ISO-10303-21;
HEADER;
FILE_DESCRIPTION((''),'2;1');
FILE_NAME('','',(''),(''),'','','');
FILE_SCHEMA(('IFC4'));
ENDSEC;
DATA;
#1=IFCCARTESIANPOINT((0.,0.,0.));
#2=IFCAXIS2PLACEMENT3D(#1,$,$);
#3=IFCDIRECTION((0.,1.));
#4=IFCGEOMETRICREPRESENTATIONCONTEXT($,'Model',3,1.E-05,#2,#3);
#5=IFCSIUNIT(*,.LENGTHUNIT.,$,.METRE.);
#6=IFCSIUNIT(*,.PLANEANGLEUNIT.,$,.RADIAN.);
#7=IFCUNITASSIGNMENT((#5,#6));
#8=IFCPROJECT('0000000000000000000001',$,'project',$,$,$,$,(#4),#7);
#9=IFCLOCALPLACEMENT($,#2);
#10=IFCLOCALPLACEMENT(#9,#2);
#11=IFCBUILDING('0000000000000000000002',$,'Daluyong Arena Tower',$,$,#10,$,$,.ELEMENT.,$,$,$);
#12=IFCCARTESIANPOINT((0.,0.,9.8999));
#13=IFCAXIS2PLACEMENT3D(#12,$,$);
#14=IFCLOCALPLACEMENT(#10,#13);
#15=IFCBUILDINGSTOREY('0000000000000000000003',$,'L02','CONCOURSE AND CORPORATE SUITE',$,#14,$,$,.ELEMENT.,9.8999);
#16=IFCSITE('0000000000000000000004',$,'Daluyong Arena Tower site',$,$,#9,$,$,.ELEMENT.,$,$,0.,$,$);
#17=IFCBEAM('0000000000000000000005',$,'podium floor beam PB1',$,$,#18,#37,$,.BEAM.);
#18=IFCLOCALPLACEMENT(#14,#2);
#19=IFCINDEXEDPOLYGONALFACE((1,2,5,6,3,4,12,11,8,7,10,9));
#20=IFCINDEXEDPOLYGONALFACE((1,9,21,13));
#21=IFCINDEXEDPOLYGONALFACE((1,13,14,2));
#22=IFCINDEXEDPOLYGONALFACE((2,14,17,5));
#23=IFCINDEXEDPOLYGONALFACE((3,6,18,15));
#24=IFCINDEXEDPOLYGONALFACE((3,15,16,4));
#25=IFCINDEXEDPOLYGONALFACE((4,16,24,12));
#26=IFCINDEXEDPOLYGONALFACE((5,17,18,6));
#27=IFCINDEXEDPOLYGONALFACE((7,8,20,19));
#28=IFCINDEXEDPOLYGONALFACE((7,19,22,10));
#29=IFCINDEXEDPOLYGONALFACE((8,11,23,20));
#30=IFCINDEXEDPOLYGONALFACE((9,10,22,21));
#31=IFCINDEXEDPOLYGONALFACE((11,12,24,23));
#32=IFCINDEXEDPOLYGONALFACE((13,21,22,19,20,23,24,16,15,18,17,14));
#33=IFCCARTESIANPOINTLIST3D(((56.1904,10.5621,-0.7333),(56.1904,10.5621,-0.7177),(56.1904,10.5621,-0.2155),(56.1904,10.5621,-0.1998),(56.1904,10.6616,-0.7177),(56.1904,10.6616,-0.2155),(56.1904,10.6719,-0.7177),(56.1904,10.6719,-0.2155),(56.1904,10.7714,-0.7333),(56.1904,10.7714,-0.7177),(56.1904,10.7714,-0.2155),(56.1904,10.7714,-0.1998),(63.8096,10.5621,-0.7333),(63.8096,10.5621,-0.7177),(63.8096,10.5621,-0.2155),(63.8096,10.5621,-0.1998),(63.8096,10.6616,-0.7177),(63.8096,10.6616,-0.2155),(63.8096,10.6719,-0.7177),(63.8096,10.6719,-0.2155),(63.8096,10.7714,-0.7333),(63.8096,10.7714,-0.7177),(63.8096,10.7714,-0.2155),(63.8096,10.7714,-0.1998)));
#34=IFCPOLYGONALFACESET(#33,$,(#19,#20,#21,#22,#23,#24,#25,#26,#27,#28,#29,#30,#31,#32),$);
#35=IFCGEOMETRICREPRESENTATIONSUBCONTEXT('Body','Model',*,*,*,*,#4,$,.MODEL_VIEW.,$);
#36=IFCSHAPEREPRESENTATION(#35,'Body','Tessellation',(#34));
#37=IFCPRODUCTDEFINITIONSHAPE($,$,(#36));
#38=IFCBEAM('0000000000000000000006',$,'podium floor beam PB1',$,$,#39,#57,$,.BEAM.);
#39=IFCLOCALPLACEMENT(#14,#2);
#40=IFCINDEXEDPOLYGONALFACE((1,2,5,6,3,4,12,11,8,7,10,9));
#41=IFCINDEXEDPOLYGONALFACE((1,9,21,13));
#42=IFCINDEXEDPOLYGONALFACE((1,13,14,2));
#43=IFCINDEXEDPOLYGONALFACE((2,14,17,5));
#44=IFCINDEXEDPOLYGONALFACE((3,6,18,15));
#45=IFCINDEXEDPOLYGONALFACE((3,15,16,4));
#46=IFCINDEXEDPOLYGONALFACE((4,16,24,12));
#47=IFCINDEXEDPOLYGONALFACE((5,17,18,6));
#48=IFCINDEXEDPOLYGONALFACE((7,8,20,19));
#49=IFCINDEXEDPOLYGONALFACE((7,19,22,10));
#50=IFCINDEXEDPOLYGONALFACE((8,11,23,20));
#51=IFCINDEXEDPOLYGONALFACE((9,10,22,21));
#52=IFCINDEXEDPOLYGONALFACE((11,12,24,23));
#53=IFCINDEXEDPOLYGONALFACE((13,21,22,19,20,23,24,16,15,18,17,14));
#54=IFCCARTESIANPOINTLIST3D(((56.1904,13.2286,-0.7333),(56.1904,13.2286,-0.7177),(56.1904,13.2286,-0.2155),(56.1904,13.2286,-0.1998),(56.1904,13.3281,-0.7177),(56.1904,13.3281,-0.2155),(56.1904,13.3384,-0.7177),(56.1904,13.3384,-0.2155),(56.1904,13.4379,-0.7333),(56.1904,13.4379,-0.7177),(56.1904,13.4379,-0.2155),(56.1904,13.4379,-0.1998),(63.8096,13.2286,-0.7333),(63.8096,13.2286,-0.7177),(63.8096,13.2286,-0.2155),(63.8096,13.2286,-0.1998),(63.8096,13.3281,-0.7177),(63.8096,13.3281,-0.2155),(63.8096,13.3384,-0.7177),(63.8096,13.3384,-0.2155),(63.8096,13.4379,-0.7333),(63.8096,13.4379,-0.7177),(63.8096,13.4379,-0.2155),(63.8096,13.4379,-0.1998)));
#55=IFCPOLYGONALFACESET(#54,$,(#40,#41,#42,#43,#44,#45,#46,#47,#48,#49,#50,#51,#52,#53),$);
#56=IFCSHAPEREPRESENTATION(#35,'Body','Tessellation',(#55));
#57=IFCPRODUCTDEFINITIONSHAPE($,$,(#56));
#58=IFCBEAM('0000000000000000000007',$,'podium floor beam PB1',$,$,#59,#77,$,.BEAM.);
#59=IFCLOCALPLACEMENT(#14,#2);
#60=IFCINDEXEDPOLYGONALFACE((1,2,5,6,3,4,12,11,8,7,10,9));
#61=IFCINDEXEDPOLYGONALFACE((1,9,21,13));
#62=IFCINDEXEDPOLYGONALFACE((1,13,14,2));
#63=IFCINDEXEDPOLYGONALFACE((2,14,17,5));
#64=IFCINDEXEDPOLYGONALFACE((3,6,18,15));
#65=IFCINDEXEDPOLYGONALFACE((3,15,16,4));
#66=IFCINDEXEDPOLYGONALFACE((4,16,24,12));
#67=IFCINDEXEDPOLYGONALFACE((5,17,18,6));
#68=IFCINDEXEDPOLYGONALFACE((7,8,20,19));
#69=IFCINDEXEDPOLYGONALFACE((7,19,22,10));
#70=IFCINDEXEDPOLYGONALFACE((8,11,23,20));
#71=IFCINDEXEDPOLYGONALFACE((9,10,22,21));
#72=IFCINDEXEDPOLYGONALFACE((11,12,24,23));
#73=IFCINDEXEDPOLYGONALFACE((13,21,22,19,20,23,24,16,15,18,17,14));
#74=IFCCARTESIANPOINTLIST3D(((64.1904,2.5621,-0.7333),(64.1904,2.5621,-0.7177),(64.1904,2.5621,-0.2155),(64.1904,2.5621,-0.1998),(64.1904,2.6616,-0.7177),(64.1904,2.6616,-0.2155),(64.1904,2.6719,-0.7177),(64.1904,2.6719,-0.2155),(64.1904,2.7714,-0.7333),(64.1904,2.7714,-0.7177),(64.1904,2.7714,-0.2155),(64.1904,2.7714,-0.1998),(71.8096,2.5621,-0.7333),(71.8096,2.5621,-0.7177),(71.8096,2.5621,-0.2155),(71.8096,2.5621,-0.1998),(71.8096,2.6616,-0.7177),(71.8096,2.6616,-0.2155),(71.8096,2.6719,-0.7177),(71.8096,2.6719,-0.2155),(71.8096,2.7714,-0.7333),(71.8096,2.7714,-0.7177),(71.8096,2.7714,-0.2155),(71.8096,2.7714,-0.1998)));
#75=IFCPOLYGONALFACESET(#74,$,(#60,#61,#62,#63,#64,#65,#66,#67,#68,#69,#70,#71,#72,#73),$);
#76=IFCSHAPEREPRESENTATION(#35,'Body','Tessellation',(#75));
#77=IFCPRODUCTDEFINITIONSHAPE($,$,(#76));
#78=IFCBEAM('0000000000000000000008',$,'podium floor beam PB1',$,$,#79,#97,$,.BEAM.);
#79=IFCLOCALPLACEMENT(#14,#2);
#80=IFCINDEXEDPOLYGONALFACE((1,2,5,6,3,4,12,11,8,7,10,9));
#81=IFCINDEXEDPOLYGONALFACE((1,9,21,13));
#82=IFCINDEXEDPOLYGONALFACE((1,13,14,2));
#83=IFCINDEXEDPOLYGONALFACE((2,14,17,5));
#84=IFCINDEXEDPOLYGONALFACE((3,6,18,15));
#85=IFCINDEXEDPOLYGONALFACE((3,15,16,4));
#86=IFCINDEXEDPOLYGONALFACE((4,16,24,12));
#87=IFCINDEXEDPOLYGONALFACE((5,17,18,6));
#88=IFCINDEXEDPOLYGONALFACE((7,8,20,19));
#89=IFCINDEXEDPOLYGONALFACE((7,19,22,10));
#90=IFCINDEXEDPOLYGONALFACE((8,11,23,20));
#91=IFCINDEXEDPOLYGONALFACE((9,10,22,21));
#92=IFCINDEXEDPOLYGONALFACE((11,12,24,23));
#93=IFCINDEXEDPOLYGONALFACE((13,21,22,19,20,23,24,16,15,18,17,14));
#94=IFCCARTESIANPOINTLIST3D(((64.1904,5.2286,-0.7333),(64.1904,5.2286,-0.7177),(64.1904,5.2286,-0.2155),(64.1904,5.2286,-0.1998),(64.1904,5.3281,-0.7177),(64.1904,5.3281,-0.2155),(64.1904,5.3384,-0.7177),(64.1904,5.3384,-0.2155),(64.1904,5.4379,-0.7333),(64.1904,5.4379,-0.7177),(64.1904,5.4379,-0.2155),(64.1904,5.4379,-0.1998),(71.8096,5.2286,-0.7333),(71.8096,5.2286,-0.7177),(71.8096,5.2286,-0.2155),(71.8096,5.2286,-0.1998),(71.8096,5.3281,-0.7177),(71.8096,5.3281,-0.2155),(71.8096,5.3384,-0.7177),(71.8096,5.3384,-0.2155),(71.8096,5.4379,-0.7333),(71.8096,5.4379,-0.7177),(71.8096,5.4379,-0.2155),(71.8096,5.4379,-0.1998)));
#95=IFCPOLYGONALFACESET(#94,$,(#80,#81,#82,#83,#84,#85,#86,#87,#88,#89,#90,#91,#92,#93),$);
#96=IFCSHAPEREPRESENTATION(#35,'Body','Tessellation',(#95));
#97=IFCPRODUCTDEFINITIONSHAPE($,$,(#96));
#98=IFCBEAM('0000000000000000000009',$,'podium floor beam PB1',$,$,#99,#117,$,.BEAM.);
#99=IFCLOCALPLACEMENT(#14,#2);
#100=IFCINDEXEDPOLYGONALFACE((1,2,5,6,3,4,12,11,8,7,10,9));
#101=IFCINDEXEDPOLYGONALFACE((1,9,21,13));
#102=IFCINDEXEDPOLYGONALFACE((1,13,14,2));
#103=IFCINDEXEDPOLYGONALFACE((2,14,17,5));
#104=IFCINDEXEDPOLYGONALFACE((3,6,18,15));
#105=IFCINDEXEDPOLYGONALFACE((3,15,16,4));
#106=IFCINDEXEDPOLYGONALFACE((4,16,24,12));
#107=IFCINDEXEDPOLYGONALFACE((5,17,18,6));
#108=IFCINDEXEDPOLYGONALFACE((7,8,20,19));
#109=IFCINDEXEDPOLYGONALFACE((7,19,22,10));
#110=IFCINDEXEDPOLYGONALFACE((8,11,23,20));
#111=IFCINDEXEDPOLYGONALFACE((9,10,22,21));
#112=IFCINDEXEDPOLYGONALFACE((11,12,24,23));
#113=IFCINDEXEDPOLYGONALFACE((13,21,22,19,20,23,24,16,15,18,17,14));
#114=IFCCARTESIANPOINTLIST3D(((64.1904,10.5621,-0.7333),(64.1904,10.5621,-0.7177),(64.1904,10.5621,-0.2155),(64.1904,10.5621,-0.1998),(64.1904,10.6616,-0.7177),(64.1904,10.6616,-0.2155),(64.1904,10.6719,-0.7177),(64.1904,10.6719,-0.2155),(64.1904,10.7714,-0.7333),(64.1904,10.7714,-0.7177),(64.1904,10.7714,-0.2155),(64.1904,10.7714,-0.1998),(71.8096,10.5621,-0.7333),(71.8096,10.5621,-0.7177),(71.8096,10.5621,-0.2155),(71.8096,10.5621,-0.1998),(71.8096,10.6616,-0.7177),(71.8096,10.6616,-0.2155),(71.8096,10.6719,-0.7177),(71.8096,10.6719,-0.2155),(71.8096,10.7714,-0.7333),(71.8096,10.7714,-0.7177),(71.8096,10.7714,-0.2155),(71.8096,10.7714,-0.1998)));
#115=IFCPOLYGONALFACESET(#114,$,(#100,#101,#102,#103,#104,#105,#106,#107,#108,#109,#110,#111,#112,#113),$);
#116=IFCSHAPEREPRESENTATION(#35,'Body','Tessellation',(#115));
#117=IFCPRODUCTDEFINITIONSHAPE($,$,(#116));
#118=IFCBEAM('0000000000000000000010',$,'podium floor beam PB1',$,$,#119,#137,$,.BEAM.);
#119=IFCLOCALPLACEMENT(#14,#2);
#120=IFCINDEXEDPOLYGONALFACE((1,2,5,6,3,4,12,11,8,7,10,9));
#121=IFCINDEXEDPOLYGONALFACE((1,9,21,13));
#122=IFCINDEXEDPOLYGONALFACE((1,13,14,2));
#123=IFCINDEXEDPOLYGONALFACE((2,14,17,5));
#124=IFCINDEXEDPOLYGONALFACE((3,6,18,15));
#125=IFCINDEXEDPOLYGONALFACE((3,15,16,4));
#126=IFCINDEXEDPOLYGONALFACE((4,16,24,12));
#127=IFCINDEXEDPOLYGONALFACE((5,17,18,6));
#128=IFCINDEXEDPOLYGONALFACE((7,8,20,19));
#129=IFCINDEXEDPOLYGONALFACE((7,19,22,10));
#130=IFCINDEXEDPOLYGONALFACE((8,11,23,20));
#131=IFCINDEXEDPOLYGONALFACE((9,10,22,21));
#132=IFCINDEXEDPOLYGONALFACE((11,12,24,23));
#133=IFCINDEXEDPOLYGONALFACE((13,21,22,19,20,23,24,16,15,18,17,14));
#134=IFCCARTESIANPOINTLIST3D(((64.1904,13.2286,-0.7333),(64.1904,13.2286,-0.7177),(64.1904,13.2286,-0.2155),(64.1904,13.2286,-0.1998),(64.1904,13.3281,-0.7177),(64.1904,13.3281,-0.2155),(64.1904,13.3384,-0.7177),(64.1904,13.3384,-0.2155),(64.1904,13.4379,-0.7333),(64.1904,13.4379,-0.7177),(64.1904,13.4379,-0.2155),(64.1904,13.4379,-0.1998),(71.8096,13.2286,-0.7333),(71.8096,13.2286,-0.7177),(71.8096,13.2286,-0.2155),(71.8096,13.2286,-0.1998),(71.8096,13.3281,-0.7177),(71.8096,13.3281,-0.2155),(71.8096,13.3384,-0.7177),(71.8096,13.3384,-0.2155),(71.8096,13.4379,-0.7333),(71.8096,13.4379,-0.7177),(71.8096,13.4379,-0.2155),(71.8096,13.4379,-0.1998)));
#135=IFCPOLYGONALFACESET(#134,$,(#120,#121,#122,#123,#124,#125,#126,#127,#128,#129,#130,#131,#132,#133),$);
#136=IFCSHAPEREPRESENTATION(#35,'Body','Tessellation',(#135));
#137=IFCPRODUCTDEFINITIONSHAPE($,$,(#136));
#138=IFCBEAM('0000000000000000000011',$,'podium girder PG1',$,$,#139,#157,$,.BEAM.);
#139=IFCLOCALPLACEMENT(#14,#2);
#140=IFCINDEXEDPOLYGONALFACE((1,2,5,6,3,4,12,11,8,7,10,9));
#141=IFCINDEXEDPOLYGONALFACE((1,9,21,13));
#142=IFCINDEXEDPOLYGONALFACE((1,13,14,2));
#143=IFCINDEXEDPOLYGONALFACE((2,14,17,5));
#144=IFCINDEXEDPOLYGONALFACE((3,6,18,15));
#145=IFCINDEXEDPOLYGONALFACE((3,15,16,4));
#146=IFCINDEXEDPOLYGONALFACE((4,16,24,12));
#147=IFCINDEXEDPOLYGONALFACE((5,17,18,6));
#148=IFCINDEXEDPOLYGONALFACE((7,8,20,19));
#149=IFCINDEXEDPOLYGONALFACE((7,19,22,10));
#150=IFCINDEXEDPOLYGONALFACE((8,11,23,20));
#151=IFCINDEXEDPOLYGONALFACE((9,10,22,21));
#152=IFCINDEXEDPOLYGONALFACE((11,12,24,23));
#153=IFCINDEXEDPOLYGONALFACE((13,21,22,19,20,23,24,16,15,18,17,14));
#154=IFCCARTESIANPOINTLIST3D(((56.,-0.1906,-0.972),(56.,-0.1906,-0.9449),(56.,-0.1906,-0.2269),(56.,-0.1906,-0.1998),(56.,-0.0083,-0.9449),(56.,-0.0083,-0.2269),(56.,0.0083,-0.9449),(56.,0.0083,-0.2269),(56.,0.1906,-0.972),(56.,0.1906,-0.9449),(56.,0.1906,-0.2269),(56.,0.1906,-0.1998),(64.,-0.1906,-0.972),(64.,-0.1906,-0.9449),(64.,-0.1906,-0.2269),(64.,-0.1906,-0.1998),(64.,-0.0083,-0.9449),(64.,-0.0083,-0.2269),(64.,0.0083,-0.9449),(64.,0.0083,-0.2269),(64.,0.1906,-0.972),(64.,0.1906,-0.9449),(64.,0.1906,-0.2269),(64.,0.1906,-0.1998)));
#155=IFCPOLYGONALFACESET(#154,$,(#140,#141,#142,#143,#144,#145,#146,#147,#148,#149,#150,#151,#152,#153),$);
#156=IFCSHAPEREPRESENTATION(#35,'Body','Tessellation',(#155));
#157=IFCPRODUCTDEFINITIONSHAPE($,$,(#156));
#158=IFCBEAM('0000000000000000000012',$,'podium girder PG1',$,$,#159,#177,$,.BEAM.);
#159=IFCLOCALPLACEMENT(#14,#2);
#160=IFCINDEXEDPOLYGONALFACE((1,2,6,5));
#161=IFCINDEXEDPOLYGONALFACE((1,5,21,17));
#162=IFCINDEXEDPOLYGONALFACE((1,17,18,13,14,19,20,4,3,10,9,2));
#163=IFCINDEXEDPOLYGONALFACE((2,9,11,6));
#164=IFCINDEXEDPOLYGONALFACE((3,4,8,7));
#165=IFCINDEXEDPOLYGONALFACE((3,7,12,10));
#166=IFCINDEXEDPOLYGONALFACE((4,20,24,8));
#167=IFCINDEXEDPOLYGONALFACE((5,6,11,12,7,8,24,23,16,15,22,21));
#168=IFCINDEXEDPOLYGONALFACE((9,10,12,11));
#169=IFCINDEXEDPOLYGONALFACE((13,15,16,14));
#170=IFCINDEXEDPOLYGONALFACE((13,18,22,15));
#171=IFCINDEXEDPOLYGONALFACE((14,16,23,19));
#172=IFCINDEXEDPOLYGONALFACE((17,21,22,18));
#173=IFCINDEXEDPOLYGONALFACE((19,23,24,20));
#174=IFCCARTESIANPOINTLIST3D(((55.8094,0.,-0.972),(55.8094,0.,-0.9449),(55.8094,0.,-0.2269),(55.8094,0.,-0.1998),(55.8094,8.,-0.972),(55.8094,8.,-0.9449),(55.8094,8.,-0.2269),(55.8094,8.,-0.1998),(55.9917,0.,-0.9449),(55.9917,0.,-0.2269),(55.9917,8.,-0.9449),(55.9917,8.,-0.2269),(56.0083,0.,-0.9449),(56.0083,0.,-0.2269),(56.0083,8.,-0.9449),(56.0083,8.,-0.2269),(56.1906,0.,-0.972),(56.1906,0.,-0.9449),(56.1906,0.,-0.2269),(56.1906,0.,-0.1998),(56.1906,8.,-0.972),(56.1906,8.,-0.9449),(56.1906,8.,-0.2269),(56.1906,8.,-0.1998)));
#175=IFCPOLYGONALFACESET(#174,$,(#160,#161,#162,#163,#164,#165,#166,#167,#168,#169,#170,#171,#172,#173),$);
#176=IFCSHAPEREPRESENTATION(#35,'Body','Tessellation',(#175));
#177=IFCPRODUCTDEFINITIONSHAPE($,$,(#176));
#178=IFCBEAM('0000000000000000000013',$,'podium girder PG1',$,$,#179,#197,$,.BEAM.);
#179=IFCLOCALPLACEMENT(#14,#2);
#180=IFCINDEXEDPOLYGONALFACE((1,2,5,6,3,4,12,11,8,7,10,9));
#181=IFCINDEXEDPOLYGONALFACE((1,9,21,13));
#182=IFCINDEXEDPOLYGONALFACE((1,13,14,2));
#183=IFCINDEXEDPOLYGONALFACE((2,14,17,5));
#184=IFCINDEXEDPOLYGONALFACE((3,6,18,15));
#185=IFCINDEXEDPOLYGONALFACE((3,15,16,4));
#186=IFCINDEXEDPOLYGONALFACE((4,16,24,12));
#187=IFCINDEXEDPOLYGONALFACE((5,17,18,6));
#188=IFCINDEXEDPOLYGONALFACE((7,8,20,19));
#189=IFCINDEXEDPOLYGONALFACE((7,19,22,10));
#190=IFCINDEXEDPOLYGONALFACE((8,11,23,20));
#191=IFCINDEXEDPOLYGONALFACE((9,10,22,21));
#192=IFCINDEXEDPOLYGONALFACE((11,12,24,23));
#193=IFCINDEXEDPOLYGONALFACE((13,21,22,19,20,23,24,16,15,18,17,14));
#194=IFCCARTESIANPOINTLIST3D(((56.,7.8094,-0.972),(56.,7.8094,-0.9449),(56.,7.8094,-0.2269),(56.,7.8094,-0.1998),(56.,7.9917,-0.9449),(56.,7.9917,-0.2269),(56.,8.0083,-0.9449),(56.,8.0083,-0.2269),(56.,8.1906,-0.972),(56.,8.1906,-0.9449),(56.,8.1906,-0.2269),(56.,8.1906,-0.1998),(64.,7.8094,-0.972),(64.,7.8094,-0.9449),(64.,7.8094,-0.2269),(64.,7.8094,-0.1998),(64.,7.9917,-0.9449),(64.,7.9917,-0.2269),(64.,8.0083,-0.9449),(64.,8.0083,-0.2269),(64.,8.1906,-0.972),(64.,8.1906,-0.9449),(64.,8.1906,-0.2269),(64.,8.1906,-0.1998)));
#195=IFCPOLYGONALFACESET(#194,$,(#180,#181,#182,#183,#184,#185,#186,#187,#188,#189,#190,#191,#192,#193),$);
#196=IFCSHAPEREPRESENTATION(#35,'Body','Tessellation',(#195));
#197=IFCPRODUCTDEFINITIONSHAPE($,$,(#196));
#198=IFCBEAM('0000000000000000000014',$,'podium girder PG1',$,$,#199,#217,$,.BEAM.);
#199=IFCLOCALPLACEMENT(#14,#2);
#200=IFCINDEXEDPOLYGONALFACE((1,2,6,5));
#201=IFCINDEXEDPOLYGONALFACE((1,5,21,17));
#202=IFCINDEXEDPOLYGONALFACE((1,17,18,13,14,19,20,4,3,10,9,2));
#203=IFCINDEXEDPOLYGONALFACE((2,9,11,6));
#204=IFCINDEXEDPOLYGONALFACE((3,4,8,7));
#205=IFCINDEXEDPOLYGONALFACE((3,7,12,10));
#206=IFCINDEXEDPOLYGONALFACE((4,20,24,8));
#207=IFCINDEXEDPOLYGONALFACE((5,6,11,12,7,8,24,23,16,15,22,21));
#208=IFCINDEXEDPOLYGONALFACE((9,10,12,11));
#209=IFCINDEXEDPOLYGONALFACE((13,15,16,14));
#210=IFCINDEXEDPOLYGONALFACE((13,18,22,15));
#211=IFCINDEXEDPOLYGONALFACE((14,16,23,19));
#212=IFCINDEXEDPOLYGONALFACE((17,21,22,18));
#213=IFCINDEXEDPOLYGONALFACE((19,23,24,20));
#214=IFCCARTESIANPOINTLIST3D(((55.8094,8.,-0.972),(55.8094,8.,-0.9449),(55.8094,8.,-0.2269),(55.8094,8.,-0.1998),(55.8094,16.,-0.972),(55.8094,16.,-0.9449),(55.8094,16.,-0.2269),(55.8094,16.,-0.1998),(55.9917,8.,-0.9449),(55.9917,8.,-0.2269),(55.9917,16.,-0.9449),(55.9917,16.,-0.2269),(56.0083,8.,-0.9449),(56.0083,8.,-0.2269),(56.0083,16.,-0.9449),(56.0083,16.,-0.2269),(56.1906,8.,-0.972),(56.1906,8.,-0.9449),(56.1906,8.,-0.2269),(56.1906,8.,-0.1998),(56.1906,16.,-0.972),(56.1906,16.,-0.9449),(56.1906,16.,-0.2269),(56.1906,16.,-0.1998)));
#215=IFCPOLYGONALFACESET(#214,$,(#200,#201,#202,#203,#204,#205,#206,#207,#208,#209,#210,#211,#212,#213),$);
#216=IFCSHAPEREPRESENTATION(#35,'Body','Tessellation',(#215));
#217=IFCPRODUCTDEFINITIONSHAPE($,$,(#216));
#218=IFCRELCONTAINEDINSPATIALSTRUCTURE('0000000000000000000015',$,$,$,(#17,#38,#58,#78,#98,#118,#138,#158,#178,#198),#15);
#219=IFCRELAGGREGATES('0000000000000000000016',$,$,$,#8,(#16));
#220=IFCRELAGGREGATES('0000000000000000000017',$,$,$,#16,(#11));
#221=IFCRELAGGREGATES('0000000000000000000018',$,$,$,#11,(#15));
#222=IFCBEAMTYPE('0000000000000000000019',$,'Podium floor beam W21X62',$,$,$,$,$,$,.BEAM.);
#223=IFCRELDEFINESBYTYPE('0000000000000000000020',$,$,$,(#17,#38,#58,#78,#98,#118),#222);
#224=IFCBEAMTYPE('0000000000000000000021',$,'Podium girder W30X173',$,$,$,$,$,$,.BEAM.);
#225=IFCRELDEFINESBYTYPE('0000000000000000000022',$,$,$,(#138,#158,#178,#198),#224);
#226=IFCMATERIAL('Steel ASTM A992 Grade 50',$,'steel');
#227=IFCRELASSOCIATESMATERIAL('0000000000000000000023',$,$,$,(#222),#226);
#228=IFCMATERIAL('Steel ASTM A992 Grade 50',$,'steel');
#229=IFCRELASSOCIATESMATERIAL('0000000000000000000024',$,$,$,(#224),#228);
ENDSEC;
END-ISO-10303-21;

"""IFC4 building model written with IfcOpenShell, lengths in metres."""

from ifc_helpers import new_model, si_unit, direction, frame, origin, origin_2d, place, context, subcontext, project, spatial, i_section, extrude, material, material_profile, profile_set, type_object, element, save


model = new_model("IFC4")

# Units and contexts
model_context = context("Model", 3, precision=1e-05, world=origin(), true_north=direction((0.0, 1.0)))
body_context = subcontext(model_context, "Body", "Model", "MODEL_VIEW")
ifc_project = project(units=[si_unit("LENGTHUNIT", "METRE"), si_unit("PLANEANGLEUNIT", "RADIAN")], contexts=[model_context])

# Site, building, storey
site_placement = place(None, origin())
site = spatial("IfcSite", under=ifc_project, at=site_placement, Name="Daluyong Arena Tower site", CompositionType="ELEMENT", RefElevation=0.0)
building_placement = place(site_placement, origin())
building = spatial("IfcBuilding", under=site, at=building_placement, Name="Daluyong Arena Tower", CompositionType="ELEMENT")
storey_placement = place(building_placement, frame((0.0, 0.0, 9.8999)))
storey = spatial("IfcBuildingStorey", under=building, at=storey_placement, Name="L02", Description="CONCOURSE AND CORPORATE SUITE", CompositionType="ELEMENT", Elevation=9.8999)

# Beams
ifc_material_1 = material(Name="Steel ASTM A992 Grade 50", Category="steel")
ifc_material_profile_1 = material_profile(ifc_material_1, i_section(OverallWidth=0.2092, OverallDepth=0.5334, WebThickness=0.0103, FlangeThickness=0.0156, at=origin_2d()))
ifc_profile_set_1 = profile_set([ifc_material_profile_1], Name="Steel ASTM A992 Grade 50")
beam_type_1 = type_object("IfcBeamType", Name="Podium floor beam W21X62", PredefinedType="BEAM", material=ifc_profile_set_1)
for number, where, z_axis, x_axis, name in (
    (1, (56.1904, 10.6667, -0.4666), (1.0, 0.0, 0.0), (0.0, 1.0, 0.0), "podium floor beam PB1"),
    (2, (56.1904, 13.3333, -0.4666), (1.0, 0.0, 0.0), (0.0, 1.0, 0.0), "podium floor beam PB1"),
    (3, (64.1904, 2.6667, -0.4666), (1.0, 0.0, 0.0), (0.0, 1.0, 0.0), "podium floor beam PB1"),
    (4, (64.1904, 5.3333, -0.4666), (1.0, 0.0, 0.0), (0.0, 1.0, 0.0), "podium floor beam PB1"),
    (5, (64.1904, 10.6667, -0.4666), (1.0, 0.0, 0.0), (0.0, 1.0, 0.0), "podium floor beam PB1"),
    (6, (64.1904, 13.3333, -0.4666), (1.0, 0.0, 0.0), (0.0, 1.0, 0.0), "podium floor beam PB1"),
):
    element("IfcBeam", number, at=place(storey_placement, frame(where, z_axis=z_axis, x_axis=x_axis)), inside=storey, type_object=beam_type_1, Name=name, PredefinedType="BEAM", context=body_context, shape_type="SweptSolid", body=[
        extrude(i_section(OverallWidth=0.2092, OverallDepth=0.5334, WebThickness=0.0103, FlangeThickness=0.0156, at=origin_2d()), origin(), (0.0, 0.0, 1.0), 7.6191),
    ])
ifc_material_2 = material(Name="Steel ASTM A992 Grade 50", Category="steel")
ifc_material_profile_2 = material_profile(ifc_material_2, i_section(OverallWidth=0.3811, OverallDepth=0.7722, WebThickness=0.0166, FlangeThickness=0.0271, at=origin_2d()))
ifc_profile_set_2 = profile_set([ifc_material_profile_2], Name="Steel ASTM A992 Grade 50")
beam_type_2 = type_object("IfcBeamType", Name="Podium girder W30X173", PredefinedType="BEAM", material=ifc_profile_set_2)
for number, where, z_axis, x_axis, name in (
    (7, (56.0, 0.0, -0.5859), (1.0, 0.0, 0.0), (0.0, 1.0, 0.0), "podium girder PG1"),
    (8, (56.0, 0.0, -0.5859), (0.0, 1.0, 0.0), (-1.0, 0.0, 0.0), "podium girder PG1"),
    (9, (56.0, 8.0, -0.5859), (1.0, 0.0, 0.0), (0.0, 1.0, 0.0), "podium girder PG1"),
    (10, (56.0, 8.0, -0.5859), (0.0, 1.0, 0.0), (-1.0, 0.0, 0.0), "podium girder PG1"),
):
    element("IfcBeam", number, at=place(storey_placement, frame(where, z_axis=z_axis, x_axis=x_axis)), inside=storey, type_object=beam_type_2, Name=name, PredefinedType="BEAM", context=body_context, shape_type="SweptSolid", body=[
        extrude(i_section(OverallWidth=0.3811, OverallDepth=0.7722, WebThickness=0.0166, FlangeThickness=0.0271, at=origin_2d()), origin(), (0.0, 0.0, 1.0), 8.0),
    ])

save(model, "model.ifc")
